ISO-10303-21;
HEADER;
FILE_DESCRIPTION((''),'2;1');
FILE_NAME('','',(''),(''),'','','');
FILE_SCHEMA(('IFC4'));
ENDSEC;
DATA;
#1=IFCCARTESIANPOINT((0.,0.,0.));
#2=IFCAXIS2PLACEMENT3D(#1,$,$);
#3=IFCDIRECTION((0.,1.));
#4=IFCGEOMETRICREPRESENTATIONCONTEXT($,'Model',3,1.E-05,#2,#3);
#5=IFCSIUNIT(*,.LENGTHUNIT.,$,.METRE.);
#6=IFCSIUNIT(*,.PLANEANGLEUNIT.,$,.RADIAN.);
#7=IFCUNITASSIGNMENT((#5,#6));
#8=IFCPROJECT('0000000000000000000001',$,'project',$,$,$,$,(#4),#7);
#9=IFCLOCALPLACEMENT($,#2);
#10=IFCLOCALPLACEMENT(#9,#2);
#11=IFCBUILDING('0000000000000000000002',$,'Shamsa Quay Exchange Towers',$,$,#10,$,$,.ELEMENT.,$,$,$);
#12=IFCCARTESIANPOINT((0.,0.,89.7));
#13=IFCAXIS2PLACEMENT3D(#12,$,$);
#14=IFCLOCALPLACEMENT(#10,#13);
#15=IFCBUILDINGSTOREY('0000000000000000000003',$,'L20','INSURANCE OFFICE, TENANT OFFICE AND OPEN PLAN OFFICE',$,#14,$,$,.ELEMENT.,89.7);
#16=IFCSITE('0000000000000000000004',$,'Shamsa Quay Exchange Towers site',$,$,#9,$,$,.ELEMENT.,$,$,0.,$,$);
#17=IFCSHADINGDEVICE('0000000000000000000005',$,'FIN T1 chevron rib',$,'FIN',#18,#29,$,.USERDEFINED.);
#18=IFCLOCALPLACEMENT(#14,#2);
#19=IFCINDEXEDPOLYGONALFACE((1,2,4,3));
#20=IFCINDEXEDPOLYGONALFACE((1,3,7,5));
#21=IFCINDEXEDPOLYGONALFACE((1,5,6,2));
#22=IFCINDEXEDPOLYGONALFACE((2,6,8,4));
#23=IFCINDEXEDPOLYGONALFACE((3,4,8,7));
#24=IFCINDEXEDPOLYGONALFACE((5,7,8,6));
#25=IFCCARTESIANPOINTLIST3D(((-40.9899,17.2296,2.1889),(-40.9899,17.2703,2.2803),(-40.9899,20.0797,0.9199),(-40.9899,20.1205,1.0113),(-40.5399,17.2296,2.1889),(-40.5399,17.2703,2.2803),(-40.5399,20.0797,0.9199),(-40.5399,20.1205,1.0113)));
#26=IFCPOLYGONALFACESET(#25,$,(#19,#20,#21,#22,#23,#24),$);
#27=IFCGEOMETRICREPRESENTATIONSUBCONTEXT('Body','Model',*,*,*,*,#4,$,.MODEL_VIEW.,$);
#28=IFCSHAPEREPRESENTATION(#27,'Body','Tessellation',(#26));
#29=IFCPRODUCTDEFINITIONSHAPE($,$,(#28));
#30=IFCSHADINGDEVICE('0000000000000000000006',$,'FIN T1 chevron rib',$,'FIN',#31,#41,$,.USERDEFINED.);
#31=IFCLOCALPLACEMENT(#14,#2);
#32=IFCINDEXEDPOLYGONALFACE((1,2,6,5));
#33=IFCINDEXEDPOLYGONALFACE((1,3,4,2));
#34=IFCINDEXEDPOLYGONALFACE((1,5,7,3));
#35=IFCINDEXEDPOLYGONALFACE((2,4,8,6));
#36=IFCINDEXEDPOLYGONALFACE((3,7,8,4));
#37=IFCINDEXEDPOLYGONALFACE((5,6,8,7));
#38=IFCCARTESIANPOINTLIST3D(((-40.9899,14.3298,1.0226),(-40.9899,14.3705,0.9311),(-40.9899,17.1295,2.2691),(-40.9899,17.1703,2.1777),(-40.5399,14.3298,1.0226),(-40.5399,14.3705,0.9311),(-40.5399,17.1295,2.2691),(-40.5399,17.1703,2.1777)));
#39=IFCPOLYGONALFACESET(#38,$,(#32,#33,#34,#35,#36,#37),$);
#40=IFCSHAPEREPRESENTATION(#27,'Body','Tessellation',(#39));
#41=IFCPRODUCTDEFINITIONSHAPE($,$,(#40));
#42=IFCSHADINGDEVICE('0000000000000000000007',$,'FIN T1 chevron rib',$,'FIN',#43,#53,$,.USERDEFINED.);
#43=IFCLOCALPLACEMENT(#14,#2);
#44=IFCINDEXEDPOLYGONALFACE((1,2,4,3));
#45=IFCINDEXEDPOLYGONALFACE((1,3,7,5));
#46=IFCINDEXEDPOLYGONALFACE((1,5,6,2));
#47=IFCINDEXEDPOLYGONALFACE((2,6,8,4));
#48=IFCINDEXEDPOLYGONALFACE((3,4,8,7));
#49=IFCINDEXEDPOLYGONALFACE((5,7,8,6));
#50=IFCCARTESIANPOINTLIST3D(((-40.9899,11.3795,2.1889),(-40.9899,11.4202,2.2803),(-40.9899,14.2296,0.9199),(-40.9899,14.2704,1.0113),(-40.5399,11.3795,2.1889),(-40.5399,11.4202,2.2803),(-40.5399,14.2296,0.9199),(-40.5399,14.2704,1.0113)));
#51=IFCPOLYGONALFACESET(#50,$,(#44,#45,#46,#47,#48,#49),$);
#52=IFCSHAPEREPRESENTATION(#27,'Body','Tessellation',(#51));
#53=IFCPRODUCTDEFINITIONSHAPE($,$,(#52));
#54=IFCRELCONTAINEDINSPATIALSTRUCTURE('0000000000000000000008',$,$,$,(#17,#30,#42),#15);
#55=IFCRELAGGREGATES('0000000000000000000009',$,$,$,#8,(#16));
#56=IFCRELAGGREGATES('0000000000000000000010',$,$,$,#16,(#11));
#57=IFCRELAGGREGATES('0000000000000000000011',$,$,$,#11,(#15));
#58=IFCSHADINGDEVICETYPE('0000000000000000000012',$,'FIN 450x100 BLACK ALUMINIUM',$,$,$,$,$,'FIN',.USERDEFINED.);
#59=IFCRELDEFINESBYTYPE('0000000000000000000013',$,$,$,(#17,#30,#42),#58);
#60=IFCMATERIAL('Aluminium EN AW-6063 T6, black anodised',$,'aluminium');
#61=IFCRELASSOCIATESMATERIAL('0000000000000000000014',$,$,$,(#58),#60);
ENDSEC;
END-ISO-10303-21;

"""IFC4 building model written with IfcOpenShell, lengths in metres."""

from ifc_helpers import new_model, si_unit, direction, frame, origin, origin_2d, place, context, subcontext, project, spatial, rectangle, extrude, material, material_profile, profile_set, type_object, element, save


model = new_model("IFC4")

# Units and contexts
model_context = context("Model", 3, precision=1e-05, world=origin(), true_north=direction((0.0, 1.0)))
body_context = subcontext(model_context, "Body", "Model", "MODEL_VIEW")
ifc_project = project(units=[si_unit("LENGTHUNIT", "METRE"), si_unit("PLANEANGLEUNIT", "RADIAN")], contexts=[model_context])

# Site, building, storey
site_placement = place(None, origin())
site = spatial("IfcSite", under=ifc_project, at=site_placement, Name="Shamsa Quay Exchange Towers site", CompositionType="ELEMENT", RefElevation=0.0)
building_placement = place(site_placement, origin())
building = spatial("IfcBuilding", under=site, at=building_placement, Name="Shamsa Quay Exchange Towers", CompositionType="ELEMENT")
storey_placement = place(building_placement, frame((0.0, 0.0, 89.7)))
storey = spatial("IfcBuildingStorey", under=building, at=storey_placement, Name="L20", Description="INSURANCE OFFICE, TENANT OFFICE AND OPEN PLAN OFFICE", CompositionType="ELEMENT", Elevation=89.7)

# Shared definitions
ifc_material_1 = material(Name="Aluminium EN AW-6063 T6, black anodised", Category="aluminium")

# Shading devices
ifc_material_profile_1 = material_profile(ifc_material_1, rectangle(XDim=0.45, YDim=0.1001, at=origin_2d()), Name="FIN450x100")
ifc_profile_set_1 = profile_set([ifc_material_profile_1], Name="Aluminium EN AW-6063 T6, black anodised")
shading_device_type = type_object("IfcShadingDeviceType", Name="FIN 450x100 BLACK ALUMINIUM", ElementType="FIN", PredefinedType="USERDEFINED", material=ifc_profile_set_1)
shading_device_1_placement = place(storey_placement, frame((-40.7649, 20.1001, 0.9656), z_axis=(0.0, -0.913534, 0.406763), x_axis=(1.0, 0.0, 0.0)))
element("IfcShadingDevice", 1, at=shading_device_1_placement, inside=storey, type_object=shading_device_type, Name="FIN T1 chevron rib", ObjectType="FIN", PredefinedType="USERDEFINED", context=body_context, shape_type="SweptSolid", body=[
    extrude(rectangle(XDim=0.45, YDim=0.1001, at=origin_2d()), origin(), (0.0, 0.0, 1.0), 3.1199),
])
shading_device_2_placement = place(storey_placement, frame((-40.7649, 17.1499, 2.2234), z_axis=(0.0, -0.913542, -0.406744), x_axis=(1.0, 0.0, 0.0)))
element("IfcShadingDevice", 2, at=shading_device_2_placement, inside=storey, type_object=shading_device_type, Name="FIN T1 chevron rib", ObjectType="FIN", PredefinedType="USERDEFINED", context=body_context, shape_type="SweptSolid", body=[
    extrude(rectangle(XDim=0.45, YDim=0.1001, at=origin_2d()), origin(), (0.0, 0.0, 1.0), 3.0647),
])
shading_device_3_placement = place(storey_placement, frame((-40.7649, 14.25, 0.9656), z_axis=(0.0, -0.913534, 0.406763), x_axis=(1.0, 0.0, 0.0)))
element("IfcShadingDevice", 3, at=shading_device_3_placement, inside=storey, type_object=shading_device_type, Name="FIN T1 chevron rib", ObjectType="FIN", PredefinedType="USERDEFINED", context=body_context, shape_type="SweptSolid", body=[
    extrude(rectangle(XDim=0.45, YDim=0.1001, at=origin_2d()), origin(), (0.0, 0.0, 1.0), 3.1199),
])

save(model, "model.ifc")
